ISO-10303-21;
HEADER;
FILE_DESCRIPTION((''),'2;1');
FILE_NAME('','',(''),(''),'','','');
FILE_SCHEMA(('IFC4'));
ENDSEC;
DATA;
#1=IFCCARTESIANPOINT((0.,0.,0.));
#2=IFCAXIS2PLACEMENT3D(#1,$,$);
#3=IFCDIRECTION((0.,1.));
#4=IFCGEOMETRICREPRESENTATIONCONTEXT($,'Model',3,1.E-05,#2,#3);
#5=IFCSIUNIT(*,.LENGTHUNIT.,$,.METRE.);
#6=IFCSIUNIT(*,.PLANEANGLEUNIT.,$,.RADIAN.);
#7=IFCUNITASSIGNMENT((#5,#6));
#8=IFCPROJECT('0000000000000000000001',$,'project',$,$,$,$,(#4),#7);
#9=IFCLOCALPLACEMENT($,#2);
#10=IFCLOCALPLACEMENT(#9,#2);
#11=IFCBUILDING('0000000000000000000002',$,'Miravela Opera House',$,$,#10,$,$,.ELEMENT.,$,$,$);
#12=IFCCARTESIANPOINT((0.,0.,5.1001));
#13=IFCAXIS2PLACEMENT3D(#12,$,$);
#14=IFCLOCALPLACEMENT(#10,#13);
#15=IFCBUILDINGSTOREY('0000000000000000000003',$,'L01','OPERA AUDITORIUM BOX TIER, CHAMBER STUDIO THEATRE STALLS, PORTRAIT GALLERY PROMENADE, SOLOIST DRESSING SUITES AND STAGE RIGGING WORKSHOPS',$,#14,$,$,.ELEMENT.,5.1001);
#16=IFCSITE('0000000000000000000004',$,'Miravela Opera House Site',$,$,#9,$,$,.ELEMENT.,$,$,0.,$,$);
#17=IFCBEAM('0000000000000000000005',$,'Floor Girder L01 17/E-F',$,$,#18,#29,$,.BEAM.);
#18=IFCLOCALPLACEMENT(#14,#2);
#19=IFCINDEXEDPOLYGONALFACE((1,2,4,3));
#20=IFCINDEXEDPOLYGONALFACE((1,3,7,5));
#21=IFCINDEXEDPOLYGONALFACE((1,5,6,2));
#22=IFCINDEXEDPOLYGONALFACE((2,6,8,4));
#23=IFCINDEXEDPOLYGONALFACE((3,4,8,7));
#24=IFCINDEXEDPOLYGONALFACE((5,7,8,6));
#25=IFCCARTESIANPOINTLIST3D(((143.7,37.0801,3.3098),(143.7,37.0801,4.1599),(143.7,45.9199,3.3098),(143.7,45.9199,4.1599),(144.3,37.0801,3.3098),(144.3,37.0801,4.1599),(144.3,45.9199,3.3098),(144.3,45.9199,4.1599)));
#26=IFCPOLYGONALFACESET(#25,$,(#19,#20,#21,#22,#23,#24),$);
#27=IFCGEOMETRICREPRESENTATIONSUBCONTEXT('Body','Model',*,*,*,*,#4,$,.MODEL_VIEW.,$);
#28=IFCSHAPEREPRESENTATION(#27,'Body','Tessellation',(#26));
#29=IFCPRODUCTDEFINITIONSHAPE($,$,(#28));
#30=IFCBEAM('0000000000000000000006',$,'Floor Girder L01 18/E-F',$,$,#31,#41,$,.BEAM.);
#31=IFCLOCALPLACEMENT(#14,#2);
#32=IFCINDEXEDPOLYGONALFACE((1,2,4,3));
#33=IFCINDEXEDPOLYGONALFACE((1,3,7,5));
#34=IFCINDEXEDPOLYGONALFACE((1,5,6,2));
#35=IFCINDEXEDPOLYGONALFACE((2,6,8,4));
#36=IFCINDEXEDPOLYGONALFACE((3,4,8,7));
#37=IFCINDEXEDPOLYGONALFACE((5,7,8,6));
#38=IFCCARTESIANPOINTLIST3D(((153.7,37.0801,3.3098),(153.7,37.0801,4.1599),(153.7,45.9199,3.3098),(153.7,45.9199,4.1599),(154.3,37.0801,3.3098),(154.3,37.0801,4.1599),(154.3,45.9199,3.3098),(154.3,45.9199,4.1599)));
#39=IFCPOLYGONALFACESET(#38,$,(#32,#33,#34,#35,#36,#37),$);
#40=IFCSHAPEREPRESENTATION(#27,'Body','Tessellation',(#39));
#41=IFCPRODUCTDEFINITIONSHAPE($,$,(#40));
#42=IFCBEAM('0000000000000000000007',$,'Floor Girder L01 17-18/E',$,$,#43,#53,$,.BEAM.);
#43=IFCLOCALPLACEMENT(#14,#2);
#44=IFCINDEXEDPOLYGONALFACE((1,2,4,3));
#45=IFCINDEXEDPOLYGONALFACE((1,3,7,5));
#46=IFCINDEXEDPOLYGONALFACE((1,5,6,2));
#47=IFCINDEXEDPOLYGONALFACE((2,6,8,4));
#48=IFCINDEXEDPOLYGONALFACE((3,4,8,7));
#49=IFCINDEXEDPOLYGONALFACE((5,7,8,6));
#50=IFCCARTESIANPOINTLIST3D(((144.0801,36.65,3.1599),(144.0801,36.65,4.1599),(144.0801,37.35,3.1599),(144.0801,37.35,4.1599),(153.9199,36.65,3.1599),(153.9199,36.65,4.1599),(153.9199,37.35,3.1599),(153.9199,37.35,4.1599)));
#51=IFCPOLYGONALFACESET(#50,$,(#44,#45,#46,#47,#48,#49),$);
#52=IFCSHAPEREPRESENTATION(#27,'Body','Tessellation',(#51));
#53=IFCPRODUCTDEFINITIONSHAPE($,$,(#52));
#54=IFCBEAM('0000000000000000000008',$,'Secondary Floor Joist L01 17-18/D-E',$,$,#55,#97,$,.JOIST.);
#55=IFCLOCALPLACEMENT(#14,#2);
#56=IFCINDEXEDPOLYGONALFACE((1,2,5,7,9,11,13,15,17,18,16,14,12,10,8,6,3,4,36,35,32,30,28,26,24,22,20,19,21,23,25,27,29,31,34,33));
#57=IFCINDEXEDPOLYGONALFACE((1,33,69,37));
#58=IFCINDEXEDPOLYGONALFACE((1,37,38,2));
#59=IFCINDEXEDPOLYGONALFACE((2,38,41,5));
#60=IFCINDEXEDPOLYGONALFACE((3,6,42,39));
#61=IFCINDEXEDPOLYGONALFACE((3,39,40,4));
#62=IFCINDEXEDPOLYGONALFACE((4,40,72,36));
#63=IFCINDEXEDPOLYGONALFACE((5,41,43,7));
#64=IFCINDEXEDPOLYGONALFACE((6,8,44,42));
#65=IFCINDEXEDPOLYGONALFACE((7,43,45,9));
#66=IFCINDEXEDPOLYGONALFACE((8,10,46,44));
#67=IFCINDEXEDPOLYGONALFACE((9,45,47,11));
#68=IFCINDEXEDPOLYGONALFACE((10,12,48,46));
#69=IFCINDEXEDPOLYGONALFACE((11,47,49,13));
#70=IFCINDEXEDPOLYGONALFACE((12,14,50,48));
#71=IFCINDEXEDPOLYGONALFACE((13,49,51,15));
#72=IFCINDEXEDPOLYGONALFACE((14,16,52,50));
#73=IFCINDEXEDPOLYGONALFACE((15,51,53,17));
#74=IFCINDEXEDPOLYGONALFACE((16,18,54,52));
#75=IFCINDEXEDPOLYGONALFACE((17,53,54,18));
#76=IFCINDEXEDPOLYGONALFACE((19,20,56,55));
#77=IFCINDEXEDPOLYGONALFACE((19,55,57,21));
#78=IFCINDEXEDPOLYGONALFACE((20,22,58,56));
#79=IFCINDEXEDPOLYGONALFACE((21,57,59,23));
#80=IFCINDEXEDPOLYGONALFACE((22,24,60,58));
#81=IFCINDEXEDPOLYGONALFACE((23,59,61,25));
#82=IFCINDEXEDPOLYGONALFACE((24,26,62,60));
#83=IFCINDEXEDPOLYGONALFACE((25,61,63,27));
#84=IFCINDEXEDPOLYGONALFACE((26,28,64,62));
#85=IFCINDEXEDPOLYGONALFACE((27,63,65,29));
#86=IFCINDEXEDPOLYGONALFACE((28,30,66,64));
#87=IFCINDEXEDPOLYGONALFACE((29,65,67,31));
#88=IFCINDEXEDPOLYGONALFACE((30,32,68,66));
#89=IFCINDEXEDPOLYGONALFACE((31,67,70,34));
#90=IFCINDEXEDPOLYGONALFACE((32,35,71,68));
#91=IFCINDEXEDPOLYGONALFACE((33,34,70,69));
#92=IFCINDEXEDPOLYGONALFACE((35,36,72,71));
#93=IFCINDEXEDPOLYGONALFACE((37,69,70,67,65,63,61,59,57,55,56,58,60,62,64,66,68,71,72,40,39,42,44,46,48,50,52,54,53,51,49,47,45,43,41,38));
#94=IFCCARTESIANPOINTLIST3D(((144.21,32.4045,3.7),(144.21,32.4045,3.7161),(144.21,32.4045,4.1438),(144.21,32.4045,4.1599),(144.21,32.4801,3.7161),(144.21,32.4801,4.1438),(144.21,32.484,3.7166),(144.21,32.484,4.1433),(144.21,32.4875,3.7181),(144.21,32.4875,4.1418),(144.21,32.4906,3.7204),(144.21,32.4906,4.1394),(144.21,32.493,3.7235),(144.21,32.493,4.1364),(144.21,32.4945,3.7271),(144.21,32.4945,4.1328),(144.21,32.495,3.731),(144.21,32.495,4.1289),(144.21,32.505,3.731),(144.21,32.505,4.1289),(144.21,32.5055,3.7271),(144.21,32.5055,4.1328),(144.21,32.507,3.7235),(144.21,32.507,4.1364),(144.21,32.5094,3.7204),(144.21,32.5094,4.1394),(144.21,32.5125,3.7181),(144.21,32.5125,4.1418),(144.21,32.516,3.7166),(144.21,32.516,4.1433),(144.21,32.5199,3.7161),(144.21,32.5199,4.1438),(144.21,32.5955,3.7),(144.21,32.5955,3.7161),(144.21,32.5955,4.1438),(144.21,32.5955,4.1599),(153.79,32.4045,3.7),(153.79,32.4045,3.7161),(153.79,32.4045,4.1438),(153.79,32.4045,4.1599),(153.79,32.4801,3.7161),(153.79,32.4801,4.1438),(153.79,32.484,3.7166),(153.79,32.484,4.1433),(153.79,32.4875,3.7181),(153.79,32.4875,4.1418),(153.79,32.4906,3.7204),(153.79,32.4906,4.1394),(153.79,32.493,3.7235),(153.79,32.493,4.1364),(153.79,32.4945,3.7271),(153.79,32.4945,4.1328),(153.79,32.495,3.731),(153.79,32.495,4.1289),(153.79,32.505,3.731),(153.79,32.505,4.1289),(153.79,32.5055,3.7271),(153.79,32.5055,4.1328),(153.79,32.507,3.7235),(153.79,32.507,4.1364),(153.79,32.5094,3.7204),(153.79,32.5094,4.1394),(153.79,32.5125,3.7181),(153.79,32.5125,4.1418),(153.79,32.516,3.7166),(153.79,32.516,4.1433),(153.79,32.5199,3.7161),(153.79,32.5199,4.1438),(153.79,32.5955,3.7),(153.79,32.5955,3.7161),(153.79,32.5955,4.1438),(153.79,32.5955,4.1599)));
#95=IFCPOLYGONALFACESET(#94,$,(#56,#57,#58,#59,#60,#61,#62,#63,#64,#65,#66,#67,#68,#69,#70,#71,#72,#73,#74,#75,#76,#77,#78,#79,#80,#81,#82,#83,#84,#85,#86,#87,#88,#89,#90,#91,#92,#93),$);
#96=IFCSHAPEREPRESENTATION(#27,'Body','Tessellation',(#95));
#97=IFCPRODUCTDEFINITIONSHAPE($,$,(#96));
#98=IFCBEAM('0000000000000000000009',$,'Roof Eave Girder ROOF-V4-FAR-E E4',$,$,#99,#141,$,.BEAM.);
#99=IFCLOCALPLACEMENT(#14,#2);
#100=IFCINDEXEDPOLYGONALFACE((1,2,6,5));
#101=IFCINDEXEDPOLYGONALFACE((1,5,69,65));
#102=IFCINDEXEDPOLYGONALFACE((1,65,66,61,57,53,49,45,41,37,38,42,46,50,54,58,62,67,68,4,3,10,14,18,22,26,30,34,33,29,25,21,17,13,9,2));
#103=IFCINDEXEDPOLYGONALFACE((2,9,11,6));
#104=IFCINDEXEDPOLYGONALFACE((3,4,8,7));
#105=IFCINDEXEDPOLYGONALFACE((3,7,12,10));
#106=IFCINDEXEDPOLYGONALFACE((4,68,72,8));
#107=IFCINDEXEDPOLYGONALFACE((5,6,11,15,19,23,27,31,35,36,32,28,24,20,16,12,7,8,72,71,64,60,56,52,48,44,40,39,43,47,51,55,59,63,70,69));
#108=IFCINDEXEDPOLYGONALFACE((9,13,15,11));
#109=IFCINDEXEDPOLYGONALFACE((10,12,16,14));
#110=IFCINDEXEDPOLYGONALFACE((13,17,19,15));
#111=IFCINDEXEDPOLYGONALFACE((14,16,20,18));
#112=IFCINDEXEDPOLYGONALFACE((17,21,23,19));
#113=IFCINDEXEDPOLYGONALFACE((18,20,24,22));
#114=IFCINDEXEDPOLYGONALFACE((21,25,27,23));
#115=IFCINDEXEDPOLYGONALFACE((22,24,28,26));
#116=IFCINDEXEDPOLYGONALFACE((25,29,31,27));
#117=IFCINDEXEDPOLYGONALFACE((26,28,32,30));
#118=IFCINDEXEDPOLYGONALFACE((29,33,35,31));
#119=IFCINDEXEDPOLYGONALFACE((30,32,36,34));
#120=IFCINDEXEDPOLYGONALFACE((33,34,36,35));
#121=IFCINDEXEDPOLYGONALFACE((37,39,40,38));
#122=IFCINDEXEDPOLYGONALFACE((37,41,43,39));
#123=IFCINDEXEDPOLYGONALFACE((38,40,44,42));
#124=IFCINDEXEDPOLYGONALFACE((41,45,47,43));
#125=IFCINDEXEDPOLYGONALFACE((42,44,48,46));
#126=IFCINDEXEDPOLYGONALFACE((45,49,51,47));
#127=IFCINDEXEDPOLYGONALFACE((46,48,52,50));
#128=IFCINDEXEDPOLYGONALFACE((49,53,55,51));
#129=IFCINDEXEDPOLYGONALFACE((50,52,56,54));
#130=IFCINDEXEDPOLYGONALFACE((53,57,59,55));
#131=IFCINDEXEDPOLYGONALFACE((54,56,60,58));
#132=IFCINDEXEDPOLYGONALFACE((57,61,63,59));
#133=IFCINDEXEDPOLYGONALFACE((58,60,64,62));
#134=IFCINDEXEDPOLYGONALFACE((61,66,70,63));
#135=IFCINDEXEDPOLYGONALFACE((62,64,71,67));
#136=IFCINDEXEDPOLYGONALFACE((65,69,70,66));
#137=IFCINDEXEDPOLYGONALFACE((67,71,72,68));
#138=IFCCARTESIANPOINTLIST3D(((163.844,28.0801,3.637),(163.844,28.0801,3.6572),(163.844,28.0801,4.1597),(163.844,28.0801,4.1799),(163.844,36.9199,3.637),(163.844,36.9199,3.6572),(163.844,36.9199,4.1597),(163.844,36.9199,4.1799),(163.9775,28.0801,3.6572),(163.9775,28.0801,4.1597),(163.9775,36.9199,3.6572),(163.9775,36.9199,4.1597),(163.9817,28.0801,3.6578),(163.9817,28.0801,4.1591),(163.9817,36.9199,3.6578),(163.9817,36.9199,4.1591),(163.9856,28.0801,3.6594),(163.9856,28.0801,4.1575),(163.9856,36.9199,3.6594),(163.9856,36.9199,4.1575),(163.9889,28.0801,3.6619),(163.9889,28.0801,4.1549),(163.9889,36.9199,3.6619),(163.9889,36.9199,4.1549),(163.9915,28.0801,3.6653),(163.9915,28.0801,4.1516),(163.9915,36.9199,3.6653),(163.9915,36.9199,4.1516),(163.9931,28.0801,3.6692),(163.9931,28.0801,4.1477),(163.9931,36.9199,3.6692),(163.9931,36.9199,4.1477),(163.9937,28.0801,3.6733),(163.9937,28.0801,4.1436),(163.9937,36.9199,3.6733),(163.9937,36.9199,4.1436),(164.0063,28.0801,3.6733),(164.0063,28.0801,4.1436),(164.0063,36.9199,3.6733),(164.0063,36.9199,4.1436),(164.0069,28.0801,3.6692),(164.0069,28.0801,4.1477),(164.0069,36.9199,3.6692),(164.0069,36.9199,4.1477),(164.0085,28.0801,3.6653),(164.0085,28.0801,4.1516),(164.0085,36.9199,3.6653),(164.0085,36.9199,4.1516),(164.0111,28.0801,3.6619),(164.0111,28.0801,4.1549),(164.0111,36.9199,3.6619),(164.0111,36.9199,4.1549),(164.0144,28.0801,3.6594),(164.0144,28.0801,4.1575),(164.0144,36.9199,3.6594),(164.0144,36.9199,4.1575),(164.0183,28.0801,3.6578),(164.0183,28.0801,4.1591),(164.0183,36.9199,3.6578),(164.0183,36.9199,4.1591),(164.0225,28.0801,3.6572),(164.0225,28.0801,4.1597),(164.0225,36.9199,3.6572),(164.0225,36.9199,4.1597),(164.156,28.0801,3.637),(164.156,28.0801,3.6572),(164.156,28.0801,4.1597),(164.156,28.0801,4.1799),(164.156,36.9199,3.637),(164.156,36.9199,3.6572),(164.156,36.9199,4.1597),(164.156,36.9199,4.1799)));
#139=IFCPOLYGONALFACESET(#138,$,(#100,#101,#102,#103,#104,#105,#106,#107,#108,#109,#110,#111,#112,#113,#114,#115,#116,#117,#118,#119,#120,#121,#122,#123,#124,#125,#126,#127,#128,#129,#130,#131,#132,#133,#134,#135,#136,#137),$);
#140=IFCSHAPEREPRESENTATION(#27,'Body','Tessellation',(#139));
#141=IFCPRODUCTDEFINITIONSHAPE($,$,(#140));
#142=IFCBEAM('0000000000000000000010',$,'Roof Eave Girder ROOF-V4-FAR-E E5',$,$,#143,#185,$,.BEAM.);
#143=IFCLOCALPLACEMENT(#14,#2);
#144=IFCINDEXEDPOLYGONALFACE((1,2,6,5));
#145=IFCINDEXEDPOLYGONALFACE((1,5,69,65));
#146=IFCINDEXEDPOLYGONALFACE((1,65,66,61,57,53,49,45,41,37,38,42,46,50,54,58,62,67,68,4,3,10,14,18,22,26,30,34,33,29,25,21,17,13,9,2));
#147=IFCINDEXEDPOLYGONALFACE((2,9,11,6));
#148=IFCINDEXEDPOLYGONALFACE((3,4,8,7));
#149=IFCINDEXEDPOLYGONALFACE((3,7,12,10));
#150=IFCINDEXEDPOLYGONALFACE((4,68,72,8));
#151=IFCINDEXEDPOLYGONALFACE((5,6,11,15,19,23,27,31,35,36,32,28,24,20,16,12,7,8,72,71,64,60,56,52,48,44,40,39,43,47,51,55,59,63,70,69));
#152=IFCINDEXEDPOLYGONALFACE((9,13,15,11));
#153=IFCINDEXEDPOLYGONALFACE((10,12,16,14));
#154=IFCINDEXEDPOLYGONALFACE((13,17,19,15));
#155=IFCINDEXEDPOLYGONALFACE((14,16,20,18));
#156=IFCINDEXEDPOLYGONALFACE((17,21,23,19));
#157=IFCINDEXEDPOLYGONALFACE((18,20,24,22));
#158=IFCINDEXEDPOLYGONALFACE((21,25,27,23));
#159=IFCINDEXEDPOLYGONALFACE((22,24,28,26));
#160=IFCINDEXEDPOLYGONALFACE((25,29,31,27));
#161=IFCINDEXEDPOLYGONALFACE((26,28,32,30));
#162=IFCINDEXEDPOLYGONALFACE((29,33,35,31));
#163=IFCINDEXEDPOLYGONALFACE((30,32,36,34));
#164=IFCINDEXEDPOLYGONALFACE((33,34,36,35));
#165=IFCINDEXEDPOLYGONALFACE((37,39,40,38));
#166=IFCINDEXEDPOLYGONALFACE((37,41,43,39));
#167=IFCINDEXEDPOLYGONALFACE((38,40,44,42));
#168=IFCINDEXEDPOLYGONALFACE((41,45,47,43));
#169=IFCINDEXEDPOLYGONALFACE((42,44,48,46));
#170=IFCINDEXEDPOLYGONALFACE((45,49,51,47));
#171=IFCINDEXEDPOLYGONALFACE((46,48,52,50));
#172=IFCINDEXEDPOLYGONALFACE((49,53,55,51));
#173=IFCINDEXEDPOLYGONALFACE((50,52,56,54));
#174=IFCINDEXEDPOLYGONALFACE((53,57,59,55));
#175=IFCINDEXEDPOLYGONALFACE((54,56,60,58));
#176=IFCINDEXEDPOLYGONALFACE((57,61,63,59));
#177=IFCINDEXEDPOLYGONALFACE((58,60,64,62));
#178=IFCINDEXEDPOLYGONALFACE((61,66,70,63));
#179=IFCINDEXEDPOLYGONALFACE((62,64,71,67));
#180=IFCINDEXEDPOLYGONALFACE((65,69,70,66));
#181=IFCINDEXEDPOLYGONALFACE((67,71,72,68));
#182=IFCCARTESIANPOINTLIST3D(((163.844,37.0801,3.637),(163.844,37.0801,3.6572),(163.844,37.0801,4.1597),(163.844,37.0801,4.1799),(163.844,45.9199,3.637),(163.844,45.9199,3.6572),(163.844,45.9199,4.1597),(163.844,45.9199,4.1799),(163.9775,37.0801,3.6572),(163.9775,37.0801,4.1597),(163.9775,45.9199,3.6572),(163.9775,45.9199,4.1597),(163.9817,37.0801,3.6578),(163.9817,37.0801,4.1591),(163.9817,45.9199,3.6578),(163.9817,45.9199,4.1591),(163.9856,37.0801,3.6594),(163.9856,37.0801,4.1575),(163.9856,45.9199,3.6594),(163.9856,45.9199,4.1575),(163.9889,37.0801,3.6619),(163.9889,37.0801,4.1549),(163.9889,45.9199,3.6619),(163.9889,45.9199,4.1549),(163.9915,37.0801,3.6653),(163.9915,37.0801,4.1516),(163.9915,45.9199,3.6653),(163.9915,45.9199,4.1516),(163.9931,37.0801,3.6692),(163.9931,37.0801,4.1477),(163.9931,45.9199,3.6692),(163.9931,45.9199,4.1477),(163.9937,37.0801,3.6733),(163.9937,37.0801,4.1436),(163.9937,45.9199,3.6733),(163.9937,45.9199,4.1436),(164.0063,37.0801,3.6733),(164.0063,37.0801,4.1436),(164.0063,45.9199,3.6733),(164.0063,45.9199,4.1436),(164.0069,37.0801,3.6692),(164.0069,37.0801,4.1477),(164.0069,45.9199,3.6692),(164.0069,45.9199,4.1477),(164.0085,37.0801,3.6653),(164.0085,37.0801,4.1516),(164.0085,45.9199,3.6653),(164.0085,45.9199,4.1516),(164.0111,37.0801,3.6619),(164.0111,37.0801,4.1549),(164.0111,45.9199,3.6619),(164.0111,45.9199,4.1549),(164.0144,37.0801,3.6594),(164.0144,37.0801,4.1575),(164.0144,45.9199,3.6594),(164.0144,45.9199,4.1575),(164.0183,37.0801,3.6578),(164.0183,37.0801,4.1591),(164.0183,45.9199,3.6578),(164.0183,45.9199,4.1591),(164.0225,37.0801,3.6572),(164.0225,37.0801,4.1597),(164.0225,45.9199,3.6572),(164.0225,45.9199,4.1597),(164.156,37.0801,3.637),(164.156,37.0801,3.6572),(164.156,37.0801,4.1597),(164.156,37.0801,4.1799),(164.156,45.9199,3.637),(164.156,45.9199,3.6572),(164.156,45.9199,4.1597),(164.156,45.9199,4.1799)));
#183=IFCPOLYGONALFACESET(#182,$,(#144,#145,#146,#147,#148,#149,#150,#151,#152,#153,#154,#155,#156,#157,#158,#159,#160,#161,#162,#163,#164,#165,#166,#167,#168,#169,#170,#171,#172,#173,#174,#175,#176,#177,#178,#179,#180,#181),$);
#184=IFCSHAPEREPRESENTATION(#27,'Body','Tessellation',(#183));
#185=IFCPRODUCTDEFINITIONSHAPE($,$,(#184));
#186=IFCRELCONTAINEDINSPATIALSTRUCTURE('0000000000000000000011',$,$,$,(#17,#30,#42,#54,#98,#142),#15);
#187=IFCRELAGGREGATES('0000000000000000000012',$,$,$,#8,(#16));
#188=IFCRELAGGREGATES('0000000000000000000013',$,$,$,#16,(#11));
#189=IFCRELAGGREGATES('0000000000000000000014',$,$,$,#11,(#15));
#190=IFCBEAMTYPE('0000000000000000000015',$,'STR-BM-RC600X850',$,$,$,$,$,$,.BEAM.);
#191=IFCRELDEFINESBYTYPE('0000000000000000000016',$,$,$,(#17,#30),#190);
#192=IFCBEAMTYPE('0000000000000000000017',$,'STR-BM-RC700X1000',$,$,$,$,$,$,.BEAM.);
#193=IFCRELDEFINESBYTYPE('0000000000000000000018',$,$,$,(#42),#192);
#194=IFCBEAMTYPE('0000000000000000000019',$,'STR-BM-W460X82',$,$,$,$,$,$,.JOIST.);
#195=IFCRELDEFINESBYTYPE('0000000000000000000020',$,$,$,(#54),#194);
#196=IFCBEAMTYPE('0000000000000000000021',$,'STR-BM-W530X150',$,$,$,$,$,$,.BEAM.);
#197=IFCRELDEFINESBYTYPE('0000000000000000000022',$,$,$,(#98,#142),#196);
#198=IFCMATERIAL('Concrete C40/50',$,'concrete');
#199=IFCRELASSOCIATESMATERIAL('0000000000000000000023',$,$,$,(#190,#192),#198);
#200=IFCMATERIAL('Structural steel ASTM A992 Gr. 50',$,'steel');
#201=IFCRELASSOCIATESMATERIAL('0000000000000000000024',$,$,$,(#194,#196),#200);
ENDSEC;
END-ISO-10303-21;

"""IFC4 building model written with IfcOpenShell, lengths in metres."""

from ifc_helpers import new_model, si_unit, direction, frame, origin, origin_2d, place, context, subcontext, project, spatial, rectangle, i_section, extrude, material, material_profile, profile_set, type_object, element, save


model = new_model("IFC4")

# Units and contexts
model_context = context("Model", 3, precision=1e-05, world=origin(), true_north=direction((0.0, 1.0)))
body_context = subcontext(model_context, "Body", "Model", "MODEL_VIEW")
ifc_project = project(units=[si_unit("LENGTHUNIT", "METRE"), si_unit("PLANEANGLEUNIT", "RADIAN")], contexts=[model_context])

# Site, building, storey
site_placement = place(None, origin())
site = spatial("IfcSite", under=ifc_project, at=site_placement, Name="Miravela Opera House Site", CompositionType="ELEMENT", RefElevation=0.0)
building_placement = place(site_placement, origin())
building = spatial("IfcBuilding", under=site, at=building_placement, Name="Miravela Opera House", CompositionType="ELEMENT")
storey_placement = place(building_placement, frame((0.0, 0.0, 5.1001)))
storey = spatial("IfcBuildingStorey", under=building, at=storey_placement, Name="L01", Description="OPERA AUDITORIUM BOX TIER, CHAMBER STUDIO THEATRE STALLS, PORTRAIT GALLERY PROMENADE, SOLOIST DRESSING SUITES AND STAGE RIGGING WORKSHOPS", CompositionType="ELEMENT", Elevation=5.1001)

# Shared definitions
ifc_material_1 = material(Name="Concrete C40/50", Category="concrete")

# Beams
ifc_material_profile_1 = material_profile(ifc_material_1, rectangle(XDim=0.6001, YDim=0.8501, at=origin_2d()), Name="RC-BM-600X850")
ifc_profile_set_1 = profile_set([ifc_material_profile_1])
beam_type_1 = type_object("IfcBeamType", Name="STR-BM-RC600X850", PredefinedType="BEAM", material=ifc_profile_set_1)
for number, where, z_axis, x_axis, name in (
    (1, (144.0, 37.0801, 3.7349), (0.0, 1.0, 0.0), (-1.0, 0.0, 0.0), "Floor Girder L01 17/E-F"),
    (2, (154.0, 37.0801, 3.7349), (0.0, 1.0, 0.0), (-1.0, 0.0, 0.0), "Floor Girder L01 18/E-F"),
):
    element("IfcBeam", number, at=place(storey_placement, frame(where, z_axis=z_axis, x_axis=x_axis)), inside=storey, type_object=beam_type_1, Name=name, PredefinedType="BEAM", context=body_context, shape_type="SweptSolid", body=[
        extrude(rectangle(XDim=0.6001, YDim=0.8501, at=origin_2d()), origin(), (0.0, 0.0, 1.0), 8.8398),
    ])
ifc_material_profile_2 = material_profile(ifc_material_1, rectangle(XDim=0.7, YDim=1.0, at=origin_2d()), Name="RC-BM-700X1000")
ifc_profile_set_2 = profile_set([ifc_material_profile_2])
beam_type_2 = type_object("IfcBeamType", Name="STR-BM-RC700X1000", PredefinedType="BEAM", material=ifc_profile_set_2)
beam_1_placement = place(storey_placement, frame((144.0801, 37.0, 3.6599), z_axis=(1.0, 0.0, 0.0), x_axis=(0.0, 1.0, 0.0)))
element("IfcBeam", 3, at=beam_1_placement, inside=storey, type_object=beam_type_2, Name="Floor Girder L01 17-18/E", PredefinedType="BEAM", context=body_context, shape_type="SweptSolid", body=[
    extrude(rectangle(XDim=0.7, YDim=1.0, at=origin_2d()), origin(), (0.0, 0.0, 1.0), 9.8398),
])
ifc_material_2 = material(Name="Structural steel ASTM A992 Gr. 50", Category="steel")
ifc_material_profile_3 = material_profile(ifc_material_2, i_section(OverallWidth=0.1909, OverallDepth=0.46, WebThickness=0.01, FlangeThickness=0.0161, FilletRadius=0.0149, at=origin_2d()), Name="W460X82")
ifc_profile_set_3 = profile_set([ifc_material_profile_3])
beam_type_3 = type_object("IfcBeamType", Name="STR-BM-W460X82", PredefinedType="JOIST", material=ifc_profile_set_3)
beam_2_placement = place(storey_placement, frame((144.21, 32.5, 3.9299), z_axis=(1.0, 0.0, 0.0), x_axis=(0.0, 1.0, 0.0)))
element("IfcBeam", 4, at=beam_2_placement, inside=storey, type_object=beam_type_3, Name="Secondary Floor Joist L01 17-18/D-E", PredefinedType="JOIST", context=body_context, shape_type="SweptSolid", body=[
    extrude(i_section(OverallWidth=0.1909, OverallDepth=0.46, WebThickness=0.01, FlangeThickness=0.0161, FilletRadius=0.0149, at=origin_2d()), origin(), (0.0, 0.0, 1.0), 9.5801),
])
ifc_material_profile_4 = material_profile(ifc_material_2, i_section(OverallWidth=0.312, OverallDepth=0.543, WebThickness=0.0127, FlangeThickness=0.0203, FilletRadius=0.0161, at=origin_2d()), Name="W530X150")
ifc_profile_set_4 = profile_set([ifc_material_profile_4])
beam_type_4 = type_object("IfcBeamType", Name="STR-BM-W530X150", PredefinedType="BEAM", material=ifc_profile_set_4)
for number, where, z_axis, x_axis, name in (
    (5, (164.0, 28.0801, 3.9084), (0.0, 1.0, 0.0), (-1.0, 0.0, 0.0), "Roof Eave Girder ROOF-V4-FAR-E E4"),
    (6, (164.0, 37.0801, 3.9084), (0.0, 1.0, 0.0), (-1.0, 0.0, 0.0), "Roof Eave Girder ROOF-V4-FAR-E E5"),
):
    element("IfcBeam", number, at=place(storey_placement, frame(where, z_axis=z_axis, x_axis=x_axis)), inside=storey, type_object=beam_type_4, Name=name, PredefinedType="BEAM", context=body_context, shape_type="SweptSolid", body=[
        extrude(i_section(OverallWidth=0.312, OverallDepth=0.543, WebThickness=0.0127, FlangeThickness=0.0203, FilletRadius=0.0161, at=origin_2d()), origin(), (0.0, 0.0, 1.0), 8.8398),
    ])

save(model, "model.ifc")
